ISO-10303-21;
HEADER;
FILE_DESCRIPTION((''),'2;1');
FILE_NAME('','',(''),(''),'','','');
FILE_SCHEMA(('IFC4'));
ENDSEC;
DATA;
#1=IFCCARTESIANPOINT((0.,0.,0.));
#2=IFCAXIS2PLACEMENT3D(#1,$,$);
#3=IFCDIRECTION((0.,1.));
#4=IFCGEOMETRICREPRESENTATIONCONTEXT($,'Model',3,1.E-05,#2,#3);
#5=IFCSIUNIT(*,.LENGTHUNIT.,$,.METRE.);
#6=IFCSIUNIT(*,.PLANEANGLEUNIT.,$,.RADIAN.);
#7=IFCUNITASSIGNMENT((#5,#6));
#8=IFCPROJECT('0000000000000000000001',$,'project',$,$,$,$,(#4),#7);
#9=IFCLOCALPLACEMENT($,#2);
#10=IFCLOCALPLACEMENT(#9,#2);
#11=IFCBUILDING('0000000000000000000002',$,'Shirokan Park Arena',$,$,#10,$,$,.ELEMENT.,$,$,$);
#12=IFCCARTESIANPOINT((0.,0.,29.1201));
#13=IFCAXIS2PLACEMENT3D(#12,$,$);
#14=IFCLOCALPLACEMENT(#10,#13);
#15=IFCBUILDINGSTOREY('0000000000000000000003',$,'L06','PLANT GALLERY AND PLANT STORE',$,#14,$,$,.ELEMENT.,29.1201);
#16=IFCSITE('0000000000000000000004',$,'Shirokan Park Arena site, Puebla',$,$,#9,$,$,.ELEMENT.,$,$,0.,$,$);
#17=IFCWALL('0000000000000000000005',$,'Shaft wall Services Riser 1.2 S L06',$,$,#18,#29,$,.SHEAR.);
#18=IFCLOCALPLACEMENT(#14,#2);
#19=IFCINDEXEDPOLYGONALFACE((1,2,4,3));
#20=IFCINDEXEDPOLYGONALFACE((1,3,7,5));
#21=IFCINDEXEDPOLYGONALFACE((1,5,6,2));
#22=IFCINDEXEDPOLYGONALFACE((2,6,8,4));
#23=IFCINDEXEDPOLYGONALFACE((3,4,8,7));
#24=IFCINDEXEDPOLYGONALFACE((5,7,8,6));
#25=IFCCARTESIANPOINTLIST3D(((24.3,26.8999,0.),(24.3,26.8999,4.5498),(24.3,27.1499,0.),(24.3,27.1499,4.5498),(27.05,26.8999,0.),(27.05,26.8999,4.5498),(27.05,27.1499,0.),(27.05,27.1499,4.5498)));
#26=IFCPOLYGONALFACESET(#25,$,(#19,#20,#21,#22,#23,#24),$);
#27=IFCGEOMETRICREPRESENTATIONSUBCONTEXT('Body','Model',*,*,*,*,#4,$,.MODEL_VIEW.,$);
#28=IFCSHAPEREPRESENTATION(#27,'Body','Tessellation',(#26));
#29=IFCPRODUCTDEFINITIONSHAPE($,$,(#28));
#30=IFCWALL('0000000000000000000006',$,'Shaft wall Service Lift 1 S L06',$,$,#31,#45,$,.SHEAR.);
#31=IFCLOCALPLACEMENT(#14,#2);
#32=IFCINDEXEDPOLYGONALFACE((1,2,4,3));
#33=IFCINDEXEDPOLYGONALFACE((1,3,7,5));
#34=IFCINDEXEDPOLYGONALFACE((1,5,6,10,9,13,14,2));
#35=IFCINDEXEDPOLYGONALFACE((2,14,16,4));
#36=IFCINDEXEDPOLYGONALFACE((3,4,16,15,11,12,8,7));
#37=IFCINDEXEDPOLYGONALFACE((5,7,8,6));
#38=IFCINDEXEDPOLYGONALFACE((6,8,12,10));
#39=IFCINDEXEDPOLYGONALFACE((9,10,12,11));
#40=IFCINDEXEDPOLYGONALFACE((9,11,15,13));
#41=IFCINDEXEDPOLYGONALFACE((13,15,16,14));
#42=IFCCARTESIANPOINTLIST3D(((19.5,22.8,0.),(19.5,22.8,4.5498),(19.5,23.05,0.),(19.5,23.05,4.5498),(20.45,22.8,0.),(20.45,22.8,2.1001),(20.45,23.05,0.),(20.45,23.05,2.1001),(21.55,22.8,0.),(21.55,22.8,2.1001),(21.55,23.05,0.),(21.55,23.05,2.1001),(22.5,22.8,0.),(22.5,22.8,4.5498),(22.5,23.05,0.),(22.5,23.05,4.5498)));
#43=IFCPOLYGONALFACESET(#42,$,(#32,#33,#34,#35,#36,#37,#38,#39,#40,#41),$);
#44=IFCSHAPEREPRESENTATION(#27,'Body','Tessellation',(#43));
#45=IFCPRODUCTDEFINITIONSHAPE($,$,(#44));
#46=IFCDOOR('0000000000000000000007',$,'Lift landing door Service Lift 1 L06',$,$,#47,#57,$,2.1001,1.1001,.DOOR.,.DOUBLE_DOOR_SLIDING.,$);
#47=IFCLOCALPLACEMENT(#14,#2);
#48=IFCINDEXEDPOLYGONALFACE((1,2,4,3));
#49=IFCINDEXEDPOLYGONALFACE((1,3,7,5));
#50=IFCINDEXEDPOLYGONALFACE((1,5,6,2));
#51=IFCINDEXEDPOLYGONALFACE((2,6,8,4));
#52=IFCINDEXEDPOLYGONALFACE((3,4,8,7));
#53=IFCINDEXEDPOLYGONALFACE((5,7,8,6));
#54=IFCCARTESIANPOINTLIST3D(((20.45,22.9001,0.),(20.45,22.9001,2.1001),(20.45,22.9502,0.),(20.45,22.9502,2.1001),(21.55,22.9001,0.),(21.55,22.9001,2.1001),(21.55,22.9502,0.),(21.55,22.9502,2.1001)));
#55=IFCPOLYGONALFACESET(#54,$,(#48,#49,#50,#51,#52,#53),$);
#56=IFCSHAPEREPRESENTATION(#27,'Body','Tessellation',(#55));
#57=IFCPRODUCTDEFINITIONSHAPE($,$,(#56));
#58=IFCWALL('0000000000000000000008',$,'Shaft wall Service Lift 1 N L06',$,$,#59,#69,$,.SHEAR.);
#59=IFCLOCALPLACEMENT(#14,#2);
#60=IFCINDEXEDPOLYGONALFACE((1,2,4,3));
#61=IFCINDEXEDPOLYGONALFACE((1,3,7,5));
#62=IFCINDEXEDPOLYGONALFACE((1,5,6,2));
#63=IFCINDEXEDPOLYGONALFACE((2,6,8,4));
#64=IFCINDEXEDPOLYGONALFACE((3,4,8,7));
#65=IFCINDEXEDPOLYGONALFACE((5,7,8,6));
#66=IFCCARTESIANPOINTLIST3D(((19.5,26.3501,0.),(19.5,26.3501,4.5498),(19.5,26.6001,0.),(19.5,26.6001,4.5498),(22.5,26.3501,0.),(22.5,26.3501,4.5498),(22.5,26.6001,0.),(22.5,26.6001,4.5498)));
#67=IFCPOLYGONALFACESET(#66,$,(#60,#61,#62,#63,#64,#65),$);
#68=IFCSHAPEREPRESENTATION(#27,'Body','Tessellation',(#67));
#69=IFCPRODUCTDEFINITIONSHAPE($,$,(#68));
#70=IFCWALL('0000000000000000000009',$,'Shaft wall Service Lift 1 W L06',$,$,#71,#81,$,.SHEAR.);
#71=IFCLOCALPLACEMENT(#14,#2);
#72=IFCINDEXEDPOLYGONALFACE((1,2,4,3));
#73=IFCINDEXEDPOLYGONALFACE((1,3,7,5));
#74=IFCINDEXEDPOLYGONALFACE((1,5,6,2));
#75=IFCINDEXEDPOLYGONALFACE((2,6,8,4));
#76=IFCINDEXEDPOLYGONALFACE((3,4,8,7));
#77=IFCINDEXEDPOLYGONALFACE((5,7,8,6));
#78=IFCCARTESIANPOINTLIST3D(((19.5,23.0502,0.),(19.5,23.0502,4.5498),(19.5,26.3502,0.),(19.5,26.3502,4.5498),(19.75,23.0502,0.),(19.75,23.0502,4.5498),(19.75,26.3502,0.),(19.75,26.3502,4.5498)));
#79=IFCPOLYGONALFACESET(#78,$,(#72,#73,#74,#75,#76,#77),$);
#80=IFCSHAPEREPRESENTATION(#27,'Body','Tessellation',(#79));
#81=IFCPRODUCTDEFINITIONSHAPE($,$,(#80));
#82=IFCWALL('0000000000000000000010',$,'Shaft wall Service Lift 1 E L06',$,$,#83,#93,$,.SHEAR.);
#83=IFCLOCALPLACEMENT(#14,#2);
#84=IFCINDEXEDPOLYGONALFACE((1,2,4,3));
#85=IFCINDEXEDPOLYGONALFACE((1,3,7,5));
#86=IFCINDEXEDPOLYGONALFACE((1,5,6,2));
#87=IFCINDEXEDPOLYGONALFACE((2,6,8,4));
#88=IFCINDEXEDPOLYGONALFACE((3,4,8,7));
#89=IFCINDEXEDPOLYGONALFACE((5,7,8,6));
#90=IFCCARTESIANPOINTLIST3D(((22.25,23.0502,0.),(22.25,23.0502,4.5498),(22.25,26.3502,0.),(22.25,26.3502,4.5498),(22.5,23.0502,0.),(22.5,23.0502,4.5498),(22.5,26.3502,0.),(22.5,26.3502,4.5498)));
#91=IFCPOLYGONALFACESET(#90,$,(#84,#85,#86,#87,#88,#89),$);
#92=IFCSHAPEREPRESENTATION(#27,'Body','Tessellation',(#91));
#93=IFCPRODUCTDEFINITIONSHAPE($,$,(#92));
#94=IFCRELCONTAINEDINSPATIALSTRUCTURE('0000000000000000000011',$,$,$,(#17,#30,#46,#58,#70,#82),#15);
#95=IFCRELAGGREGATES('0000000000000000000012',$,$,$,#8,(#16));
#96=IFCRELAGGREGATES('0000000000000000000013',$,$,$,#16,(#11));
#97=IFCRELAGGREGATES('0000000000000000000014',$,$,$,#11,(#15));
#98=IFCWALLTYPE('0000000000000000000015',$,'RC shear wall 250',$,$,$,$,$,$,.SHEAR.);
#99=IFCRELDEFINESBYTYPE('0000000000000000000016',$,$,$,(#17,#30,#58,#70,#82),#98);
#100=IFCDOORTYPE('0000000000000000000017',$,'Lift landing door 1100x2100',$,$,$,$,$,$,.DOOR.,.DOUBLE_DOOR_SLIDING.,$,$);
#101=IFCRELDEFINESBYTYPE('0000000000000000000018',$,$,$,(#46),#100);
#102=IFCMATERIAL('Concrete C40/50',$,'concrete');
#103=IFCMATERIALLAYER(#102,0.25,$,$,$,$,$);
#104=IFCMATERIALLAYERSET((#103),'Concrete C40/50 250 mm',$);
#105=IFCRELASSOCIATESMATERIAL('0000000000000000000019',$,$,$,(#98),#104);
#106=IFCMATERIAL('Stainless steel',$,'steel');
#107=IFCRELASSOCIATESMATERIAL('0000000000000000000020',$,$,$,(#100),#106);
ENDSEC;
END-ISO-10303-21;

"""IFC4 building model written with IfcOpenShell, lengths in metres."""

from ifc_helpers import new_model, si_unit, direction, frame, frame_2d, origin, place, context, subcontext, project, spatial, rectangle, extrude, material, layer, layer_set, type_object, element, fill, save


model = new_model("IFC4")

# Units and contexts
model_context = context("Model", 3, precision=1e-05, world=origin(), true_north=direction((0.0, 1.0)))
body_context = subcontext(model_context, "Body", "Model", "MODEL_VIEW")
ifc_project = project(units=[si_unit("LENGTHUNIT", "METRE"), si_unit("PLANEANGLEUNIT", "RADIAN")], contexts=[model_context])

# Site, building, storey
site_placement = place(None, origin())
site = spatial("IfcSite", under=ifc_project, at=site_placement, Name="Shirokan Park Arena site, Puebla", CompositionType="ELEMENT", RefElevation=0.0)
building_placement = place(site_placement, origin())
building = spatial("IfcBuilding", under=site, at=building_placement, Name="Shirokan Park Arena", CompositionType="ELEMENT")
storey_placement = place(building_placement, frame((0.0, 0.0, 29.1201)))
storey = spatial("IfcBuildingStorey", under=building, at=storey_placement, Name="L06", Description="PLANT GALLERY AND PLANT STORE", CompositionType="ELEMENT", Elevation=29.1201)

# Wall
ifc_material_1 = material(Name="Concrete C40/50", Category="concrete")
ifc_layer_1 = layer(ifc_material_1, 0.25)
ifc_layer_set_1 = layer_set([ifc_layer_1], Name="Concrete C40/50 250 mm")
wall_type_1 = type_object("IfcWallType", Name="RC shear wall 250", PredefinedType="SHEAR", material=ifc_layer_set_1)
wall_1_placement = place(storey_placement, frame((27.05, 27.0249, 0.0), z_axis=(0.0, 0.0, 1.0), x_axis=(-1.0, 0.0, 0.0)))
element("IfcWall", 1, at=wall_1_placement, inside=storey, type_object=wall_type_1, Name="Shaft wall Services Riser 1.2 S L06", PredefinedType="SHEAR", context=body_context, shape_type="SweptSolid", body=[
    extrude(rectangle(XDim=2.75, YDim=0.25, at=frame_2d((1.375, 0.0))), origin(), (0.0, 0.0, 1.0), 4.5498),
])

# Wall, opening, door
wall_2_placement = place(storey_placement, frame((22.5, 22.925, 0.0), z_axis=(0.0, 0.0, 1.0), x_axis=(-1.0, 0.0, 0.0)))
wall_2 = element("IfcWall", 2, at=wall_2_placement, inside=storey, type_object=wall_type_1, Name="Shaft wall Service Lift 1 S L06", PredefinedType="SHEAR", context=body_context, shape_type="SweptSolid", body=[
    extrude(rectangle(XDim=3.0, YDim=0.25, at=frame_2d((1.5, 0.0))), origin(), (0.0, 0.0, 1.0), 4.5498),
])
opening_1_placement = place(wall_2_placement, frame((0.95, 0.0, 0.0)))
opening_1 = element("IfcOpeningElement", 3, at=opening_1_placement, cuts=wall_2, PredefinedType="OPENING", context=body_context, shape_type="SweptSolid", body=[
    extrude(rectangle(XDim=1.1001, YDim=2.1001, at=frame_2d((0.55, 1.05))), frame((0.0, 0.135, 0.0), z_axis=(0.0, -1.0, 0.0), x_axis=(1.0, 0.0, 0.0)), (0.0, 0.0, 1.0), 0.27),
])
ifc_material_2 = material(Name="Stainless steel", Category="steel")
door_type_1 = type_object("IfcDoorType", Name="Lift landing door 1100x2100", OperationType="DOUBLE_DOOR_SLIDING", PredefinedType="DOOR", material=ifc_material_2)
door_1_placement = place(opening_1_placement, origin())
door_1 = element("IfcDoor", 4, at=door_1_placement, inside=storey, type_object=door_type_1, Name="Lift landing door Service Lift 1 L06", OperationType="DOUBLE_DOOR_SLIDING", OverallHeight=2.1001, OverallWidth=1.1001, PredefinedType="DOOR", context=body_context, shape_type="SweptSolid", body=[
    extrude(rectangle(XDim=1.1001, YDim=2.1001, at=frame_2d((0.55, 1.05))), frame((0.0, 0.0249, 0.0), z_axis=(0.0, -1.0, 0.0), x_axis=(1.0, 0.0, 0.0)), (0.0, 0.0, 1.0), 0.05),
])
fill(opening_1, door_1)

# Walls
wall_3_placement = place(storey_placement, frame((22.5, 26.4751, 0.0), z_axis=(0.0, 0.0, 1.0), x_axis=(-1.0, 0.0, 0.0)))
element("IfcWall", 5, at=wall_3_placement, inside=storey, type_object=wall_type_1, Name="Shaft wall Service Lift 1 N L06", PredefinedType="SHEAR", context=body_context, shape_type="SweptSolid", body=[
    extrude(rectangle(XDim=3.0, YDim=0.25, at=frame_2d((1.5, 0.0))), origin(), (0.0, 0.0, 1.0), 4.5498),
])
for number, where, z_axis, x_axis, name in (
    (6, (19.625, 26.3501, 0.0), (0.0, 0.0, 1.0), (0.0, -1.0, 0.0), "Shaft wall Service Lift 1 W L06"),
    (7, (22.375, 26.3501, 0.0), (0.0, 0.0, 1.0), (0.0, -1.0, 0.0), "Shaft wall Service Lift 1 E L06"),
):
    element("IfcWall", number, at=place(storey_placement, frame(where, z_axis=z_axis, x_axis=x_axis)), inside=storey, type_object=wall_type_1, Name=name, PredefinedType="SHEAR", context=body_context, shape_type="SweptSolid", body=[
        extrude(rectangle(XDim=3.3, YDim=0.25, at=frame_2d((1.6499, 0.0))), origin(), (0.0, 0.0, 1.0), 4.5498),
    ])

save(model, "model.ifc")
